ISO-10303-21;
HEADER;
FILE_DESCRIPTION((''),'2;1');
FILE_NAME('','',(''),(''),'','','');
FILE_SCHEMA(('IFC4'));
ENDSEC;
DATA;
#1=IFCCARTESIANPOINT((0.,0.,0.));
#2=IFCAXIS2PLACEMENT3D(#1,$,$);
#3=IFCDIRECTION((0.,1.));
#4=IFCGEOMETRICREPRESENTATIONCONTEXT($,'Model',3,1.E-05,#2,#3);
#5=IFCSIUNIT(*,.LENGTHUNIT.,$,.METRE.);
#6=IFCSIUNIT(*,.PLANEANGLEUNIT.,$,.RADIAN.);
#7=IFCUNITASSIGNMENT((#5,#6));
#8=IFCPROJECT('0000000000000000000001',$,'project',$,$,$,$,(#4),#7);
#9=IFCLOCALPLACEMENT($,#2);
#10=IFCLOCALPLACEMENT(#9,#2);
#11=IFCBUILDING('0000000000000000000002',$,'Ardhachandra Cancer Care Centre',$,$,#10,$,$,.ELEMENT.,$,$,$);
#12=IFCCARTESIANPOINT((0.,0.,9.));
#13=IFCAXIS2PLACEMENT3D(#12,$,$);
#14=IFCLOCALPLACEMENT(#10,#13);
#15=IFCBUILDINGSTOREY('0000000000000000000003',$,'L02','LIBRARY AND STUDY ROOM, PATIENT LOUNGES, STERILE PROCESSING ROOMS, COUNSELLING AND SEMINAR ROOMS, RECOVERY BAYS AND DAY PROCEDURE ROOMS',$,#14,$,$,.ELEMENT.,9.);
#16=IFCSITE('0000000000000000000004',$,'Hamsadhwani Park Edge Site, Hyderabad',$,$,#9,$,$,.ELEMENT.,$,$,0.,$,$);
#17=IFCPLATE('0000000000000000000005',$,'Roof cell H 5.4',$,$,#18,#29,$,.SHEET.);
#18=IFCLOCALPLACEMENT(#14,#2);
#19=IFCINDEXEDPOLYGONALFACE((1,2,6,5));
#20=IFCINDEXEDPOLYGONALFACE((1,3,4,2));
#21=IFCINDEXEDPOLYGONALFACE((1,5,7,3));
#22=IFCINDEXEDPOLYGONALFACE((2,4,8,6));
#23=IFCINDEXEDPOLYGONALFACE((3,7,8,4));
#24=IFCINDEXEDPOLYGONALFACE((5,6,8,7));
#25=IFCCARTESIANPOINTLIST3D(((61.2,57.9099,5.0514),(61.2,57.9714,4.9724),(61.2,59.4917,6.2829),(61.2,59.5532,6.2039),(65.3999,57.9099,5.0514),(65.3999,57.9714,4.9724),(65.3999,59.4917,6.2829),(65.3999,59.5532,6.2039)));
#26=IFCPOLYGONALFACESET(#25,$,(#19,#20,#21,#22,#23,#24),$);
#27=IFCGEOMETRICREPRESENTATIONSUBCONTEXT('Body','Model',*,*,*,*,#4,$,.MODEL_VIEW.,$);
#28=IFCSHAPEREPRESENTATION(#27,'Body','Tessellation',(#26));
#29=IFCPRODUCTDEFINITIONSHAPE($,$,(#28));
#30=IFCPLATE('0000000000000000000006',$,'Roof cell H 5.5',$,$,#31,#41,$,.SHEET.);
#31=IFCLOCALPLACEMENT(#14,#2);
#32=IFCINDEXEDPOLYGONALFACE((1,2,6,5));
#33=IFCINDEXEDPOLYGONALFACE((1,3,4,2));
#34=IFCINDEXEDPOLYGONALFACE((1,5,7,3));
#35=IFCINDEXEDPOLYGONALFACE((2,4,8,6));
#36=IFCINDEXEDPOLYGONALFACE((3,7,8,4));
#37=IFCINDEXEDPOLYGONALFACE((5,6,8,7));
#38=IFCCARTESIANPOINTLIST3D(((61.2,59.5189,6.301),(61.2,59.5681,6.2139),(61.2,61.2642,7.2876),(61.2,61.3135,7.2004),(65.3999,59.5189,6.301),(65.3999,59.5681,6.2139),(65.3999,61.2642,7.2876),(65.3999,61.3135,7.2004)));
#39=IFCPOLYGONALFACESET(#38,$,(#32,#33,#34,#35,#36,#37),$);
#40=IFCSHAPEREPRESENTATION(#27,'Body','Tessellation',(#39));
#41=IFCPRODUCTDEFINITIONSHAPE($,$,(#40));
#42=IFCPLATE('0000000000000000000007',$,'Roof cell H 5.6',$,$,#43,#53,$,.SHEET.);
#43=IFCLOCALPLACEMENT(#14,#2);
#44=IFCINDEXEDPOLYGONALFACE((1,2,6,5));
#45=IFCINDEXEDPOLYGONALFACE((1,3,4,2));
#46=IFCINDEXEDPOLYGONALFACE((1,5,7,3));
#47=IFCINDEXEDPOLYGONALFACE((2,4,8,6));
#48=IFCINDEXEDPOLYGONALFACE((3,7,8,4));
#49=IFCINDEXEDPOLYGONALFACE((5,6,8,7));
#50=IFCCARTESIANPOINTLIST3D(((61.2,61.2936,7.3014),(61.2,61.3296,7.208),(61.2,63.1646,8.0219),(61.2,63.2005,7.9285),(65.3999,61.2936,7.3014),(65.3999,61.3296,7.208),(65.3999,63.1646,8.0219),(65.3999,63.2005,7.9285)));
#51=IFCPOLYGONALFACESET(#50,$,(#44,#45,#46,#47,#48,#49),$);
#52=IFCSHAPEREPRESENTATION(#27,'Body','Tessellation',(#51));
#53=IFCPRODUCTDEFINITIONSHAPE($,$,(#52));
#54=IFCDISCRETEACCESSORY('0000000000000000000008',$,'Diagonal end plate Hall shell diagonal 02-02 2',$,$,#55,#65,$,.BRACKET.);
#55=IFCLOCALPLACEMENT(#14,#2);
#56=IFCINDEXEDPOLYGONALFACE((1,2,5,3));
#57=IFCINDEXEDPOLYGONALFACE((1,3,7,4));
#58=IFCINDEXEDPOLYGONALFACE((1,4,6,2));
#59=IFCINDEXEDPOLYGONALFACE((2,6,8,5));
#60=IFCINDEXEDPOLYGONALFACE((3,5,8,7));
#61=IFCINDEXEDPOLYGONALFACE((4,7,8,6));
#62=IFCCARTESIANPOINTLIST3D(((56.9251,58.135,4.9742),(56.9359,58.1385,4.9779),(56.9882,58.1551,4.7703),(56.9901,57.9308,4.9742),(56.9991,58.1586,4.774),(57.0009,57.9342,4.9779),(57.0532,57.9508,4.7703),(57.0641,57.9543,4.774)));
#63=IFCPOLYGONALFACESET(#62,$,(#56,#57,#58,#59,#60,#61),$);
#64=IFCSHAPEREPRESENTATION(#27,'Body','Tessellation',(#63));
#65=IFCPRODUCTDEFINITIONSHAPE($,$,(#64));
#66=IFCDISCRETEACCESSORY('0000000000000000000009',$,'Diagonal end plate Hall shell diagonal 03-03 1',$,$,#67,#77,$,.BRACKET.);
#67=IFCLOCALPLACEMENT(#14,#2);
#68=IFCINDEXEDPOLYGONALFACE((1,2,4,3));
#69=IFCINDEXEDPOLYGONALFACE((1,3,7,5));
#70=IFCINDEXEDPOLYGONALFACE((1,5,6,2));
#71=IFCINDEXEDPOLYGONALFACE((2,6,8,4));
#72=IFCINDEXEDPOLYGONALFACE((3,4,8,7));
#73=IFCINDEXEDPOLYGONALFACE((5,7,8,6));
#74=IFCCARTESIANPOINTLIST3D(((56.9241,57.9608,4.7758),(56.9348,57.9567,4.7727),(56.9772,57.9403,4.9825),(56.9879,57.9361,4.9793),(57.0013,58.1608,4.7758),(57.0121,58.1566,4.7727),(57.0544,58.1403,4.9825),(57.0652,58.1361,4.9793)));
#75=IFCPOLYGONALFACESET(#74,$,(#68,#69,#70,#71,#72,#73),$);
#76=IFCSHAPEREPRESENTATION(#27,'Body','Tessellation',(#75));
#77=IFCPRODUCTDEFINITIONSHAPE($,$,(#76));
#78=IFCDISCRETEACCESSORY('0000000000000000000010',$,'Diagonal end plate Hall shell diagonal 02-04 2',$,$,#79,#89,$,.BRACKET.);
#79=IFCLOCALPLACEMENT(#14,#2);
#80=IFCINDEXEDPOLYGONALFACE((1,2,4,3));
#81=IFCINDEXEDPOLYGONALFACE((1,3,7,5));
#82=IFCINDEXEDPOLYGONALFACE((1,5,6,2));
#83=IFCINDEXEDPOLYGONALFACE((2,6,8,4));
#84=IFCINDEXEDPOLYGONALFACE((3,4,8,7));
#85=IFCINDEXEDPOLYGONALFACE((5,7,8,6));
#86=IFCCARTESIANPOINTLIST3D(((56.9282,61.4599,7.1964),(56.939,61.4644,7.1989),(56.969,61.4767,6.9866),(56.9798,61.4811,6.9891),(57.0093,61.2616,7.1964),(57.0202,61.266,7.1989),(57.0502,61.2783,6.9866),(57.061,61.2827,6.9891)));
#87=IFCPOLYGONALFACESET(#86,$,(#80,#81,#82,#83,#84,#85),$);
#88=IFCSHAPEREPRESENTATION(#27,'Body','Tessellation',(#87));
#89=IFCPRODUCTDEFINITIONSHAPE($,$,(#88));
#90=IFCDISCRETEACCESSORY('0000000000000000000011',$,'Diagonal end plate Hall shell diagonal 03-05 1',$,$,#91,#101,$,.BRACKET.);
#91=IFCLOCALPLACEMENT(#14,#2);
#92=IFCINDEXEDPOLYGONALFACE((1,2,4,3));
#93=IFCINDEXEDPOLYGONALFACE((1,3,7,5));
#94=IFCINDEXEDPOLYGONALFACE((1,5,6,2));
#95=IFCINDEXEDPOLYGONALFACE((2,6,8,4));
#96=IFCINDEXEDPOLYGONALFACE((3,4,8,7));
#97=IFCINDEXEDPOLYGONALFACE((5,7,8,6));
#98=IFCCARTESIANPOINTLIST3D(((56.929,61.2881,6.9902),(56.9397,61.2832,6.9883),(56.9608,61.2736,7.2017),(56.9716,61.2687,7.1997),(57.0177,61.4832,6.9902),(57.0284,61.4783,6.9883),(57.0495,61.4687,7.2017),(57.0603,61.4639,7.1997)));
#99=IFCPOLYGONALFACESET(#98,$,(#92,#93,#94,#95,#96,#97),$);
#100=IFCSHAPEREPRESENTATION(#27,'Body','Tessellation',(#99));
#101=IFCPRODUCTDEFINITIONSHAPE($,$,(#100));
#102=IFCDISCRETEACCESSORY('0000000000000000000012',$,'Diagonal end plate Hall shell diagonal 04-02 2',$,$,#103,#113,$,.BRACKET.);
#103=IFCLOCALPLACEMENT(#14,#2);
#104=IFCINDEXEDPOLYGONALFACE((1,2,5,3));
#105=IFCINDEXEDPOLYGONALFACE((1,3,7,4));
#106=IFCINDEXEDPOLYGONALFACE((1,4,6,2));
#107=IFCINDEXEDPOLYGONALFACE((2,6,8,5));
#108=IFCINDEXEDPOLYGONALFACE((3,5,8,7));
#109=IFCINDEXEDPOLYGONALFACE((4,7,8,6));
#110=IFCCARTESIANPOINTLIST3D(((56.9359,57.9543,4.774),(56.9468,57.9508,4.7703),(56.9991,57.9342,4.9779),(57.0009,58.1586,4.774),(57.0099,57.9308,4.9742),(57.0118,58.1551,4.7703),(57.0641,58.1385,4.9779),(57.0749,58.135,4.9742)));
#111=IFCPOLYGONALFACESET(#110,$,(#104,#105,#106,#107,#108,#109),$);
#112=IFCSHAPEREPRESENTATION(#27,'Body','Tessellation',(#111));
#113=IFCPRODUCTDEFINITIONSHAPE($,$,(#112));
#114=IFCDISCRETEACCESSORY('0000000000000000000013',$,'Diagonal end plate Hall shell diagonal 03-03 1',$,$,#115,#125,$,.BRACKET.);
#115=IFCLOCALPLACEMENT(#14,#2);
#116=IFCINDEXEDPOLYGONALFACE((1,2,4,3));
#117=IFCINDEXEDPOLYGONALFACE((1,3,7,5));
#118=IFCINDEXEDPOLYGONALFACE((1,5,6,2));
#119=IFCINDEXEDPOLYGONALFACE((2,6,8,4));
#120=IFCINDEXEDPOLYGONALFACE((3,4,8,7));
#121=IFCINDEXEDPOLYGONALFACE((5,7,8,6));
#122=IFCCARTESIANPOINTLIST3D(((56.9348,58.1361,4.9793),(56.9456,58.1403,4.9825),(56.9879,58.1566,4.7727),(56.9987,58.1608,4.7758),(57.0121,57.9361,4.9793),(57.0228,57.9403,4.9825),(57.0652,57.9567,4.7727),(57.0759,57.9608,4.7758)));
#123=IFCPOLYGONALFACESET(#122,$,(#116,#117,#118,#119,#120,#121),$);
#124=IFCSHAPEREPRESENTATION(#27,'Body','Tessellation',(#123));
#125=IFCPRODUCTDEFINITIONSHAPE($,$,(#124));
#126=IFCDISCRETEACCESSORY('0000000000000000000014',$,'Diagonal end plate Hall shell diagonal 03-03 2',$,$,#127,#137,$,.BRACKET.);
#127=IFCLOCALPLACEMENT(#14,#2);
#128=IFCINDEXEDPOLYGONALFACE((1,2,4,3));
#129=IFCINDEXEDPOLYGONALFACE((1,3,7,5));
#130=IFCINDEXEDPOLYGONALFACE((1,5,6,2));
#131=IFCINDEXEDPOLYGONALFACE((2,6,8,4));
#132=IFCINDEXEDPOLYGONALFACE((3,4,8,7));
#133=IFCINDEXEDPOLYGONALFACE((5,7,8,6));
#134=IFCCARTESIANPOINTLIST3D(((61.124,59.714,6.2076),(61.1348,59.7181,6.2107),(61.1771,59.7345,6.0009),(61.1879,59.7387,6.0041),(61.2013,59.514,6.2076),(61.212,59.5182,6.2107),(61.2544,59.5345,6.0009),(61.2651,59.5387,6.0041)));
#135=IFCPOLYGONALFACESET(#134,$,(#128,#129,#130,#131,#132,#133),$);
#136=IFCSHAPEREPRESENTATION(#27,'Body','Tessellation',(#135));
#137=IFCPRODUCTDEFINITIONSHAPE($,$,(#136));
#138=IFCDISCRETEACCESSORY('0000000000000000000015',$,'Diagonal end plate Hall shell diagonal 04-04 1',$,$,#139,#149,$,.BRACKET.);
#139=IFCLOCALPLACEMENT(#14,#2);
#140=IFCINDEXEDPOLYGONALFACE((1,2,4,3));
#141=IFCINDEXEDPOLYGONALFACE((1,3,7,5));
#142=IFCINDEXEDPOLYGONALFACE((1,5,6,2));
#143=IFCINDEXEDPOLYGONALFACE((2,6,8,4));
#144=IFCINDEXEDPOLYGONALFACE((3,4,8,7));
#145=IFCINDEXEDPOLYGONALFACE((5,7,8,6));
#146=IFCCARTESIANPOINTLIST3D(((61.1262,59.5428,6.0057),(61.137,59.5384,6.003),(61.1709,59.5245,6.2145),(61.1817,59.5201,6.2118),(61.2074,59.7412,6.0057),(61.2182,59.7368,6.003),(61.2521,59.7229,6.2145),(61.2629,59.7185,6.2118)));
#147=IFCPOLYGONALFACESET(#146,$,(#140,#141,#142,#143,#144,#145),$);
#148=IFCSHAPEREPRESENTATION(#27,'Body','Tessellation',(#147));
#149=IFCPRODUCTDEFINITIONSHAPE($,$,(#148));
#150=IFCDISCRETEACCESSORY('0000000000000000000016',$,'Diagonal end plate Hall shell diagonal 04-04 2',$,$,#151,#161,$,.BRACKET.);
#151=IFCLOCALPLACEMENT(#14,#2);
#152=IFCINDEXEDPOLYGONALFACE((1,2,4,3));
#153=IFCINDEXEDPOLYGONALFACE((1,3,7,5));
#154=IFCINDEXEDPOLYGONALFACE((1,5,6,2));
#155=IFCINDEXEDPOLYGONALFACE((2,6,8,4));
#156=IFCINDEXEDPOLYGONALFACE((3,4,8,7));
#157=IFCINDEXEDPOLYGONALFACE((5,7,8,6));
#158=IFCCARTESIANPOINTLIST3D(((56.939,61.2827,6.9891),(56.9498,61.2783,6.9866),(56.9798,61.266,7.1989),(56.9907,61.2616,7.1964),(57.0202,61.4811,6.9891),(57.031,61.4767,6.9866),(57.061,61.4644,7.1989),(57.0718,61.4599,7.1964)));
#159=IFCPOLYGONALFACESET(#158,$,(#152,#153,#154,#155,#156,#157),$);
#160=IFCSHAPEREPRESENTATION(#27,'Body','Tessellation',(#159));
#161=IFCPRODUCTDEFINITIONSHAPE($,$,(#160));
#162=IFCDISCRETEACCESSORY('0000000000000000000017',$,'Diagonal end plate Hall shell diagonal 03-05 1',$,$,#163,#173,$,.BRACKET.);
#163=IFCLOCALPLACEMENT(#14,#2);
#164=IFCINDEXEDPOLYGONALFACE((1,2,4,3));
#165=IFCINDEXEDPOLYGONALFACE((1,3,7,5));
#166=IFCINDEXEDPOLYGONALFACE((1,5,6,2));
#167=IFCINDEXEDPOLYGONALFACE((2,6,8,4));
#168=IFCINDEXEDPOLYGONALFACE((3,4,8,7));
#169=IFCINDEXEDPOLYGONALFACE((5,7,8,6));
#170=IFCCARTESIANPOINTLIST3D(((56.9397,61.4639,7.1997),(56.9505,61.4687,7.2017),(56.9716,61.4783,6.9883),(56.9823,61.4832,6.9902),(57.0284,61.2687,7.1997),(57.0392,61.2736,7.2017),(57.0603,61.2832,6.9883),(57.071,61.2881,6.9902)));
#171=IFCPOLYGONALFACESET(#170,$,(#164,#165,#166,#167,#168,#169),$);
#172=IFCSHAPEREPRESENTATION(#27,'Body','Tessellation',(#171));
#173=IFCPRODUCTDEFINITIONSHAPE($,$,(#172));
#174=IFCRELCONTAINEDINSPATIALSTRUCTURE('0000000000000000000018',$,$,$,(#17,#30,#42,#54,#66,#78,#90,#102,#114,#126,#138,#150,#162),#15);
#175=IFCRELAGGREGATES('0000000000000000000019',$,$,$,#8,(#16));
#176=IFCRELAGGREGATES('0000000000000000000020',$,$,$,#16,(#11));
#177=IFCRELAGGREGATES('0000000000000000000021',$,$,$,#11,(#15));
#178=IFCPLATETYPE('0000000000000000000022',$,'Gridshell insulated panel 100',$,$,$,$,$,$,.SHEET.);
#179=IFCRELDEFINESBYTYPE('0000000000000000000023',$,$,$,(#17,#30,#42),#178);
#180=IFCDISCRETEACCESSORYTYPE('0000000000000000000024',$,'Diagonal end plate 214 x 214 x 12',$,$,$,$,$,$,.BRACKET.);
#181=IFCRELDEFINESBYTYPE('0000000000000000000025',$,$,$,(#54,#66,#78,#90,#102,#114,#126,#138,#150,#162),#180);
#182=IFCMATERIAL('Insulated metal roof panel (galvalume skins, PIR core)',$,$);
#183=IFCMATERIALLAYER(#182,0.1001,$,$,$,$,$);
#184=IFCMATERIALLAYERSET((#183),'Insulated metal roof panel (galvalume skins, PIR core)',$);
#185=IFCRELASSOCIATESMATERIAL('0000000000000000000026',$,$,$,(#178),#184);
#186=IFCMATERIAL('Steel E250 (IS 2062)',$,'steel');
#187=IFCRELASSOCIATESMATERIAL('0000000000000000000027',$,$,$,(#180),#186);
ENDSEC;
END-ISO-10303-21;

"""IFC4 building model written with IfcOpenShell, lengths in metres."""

from ifc_helpers import new_model, si_unit, direction, frame, origin, origin_2d, place, context, subcontext, project, spatial, polyline, rectangle, outline, extrude, material, layer, layer_set, material_profile, profile_set, type_object, element, save


model = new_model("IFC4")

# Units and contexts
model_context = context("Model", 3, precision=1e-05, world=origin(), true_north=direction((0.0, 1.0)))
body_context = subcontext(model_context, "Body", "Model", "MODEL_VIEW")
ifc_project = project(units=[si_unit("LENGTHUNIT", "METRE"), si_unit("PLANEANGLEUNIT", "RADIAN")], contexts=[model_context])

# Site, building, storey
site_placement = place(None, origin())
site = spatial("IfcSite", under=ifc_project, at=site_placement, Name="Hamsadhwani Park Edge Site, Hyderabad", CompositionType="ELEMENT", RefElevation=0.0)
building_placement = place(site_placement, origin())
building = spatial("IfcBuilding", under=site, at=building_placement, Name="Ardhachandra Cancer Care Centre", CompositionType="ELEMENT")
storey_placement = place(building_placement, frame((0.0, 0.0, 9.0)))
storey = spatial("IfcBuildingStorey", under=building, at=storey_placement, Name="L02", Description="LIBRARY AND STUDY ROOM, PATIENT LOUNGES, STERILE PROCESSING ROOMS, COUNSELLING AND SEMINAR ROOMS, RECOVERY BAYS AND DAY PROCEDURE ROOMS", CompositionType="ELEMENT", Elevation=9.0)

# Plates
ifc_material_1 = material(Name="Insulated metal roof panel (galvalume skins, PIR core)")
ifc_layer = layer(ifc_material_1, 0.1001)
ifc_layer_set = layer_set([ifc_layer], Name="Insulated metal roof panel (galvalume skins, PIR core)")
plate_type = type_object("IfcPlateType", Name="Gridshell insulated panel 100", PredefinedType="SHEET", material=ifc_layer_set)
plate_1_placement = place(storey_placement, frame((61.2, 57.9714, 4.9724), z_axis=(0.0, -0.614303, 0.78907), x_axis=(1.0, 0.0, 0.0)))
element("IfcPlate", 1, at=plate_1_placement, inside=storey, type_object=plate_type, Name="Roof cell H 5.4", PredefinedType="SHEET", context=body_context, shape_type="SweptSolid", body=[
    extrude(outline(polyline([(0.0, 0.0), (4.2, 0.0), (4.2, 2.0046), (0.0, 2.0046), (0.0, 0.0)])), origin(), (0.0, 0.0, 1.0), 0.1001),
])
for number, where, z_axis, x_axis, name in (
    (2, (61.2, 59.5681, 6.2139), (0.0, -0.492081, 0.870549), (1.0, 0.0, 0.0), "Roof cell H 5.5"),
    (3, (61.2, 61.3296, 7.208), (0.0, -0.359371, 0.933195), (1.0, 0.0, 0.0), "Roof cell H 5.6"),
):
    element("IfcPlate", number, at=place(storey_placement, frame(where, z_axis=z_axis, x_axis=x_axis)), inside=storey, type_object=plate_type, Name=name, PredefinedType="SHEET", context=body_context, shape_type="SweptSolid", body=[
        extrude(outline(polyline([(0.0, 0.0), (4.2, 0.0), (4.2, 2.0049), (0.0, 2.0049), (0.0, 0.0)])), origin(), (0.0, 0.0, 1.0), 0.1001),
    ])

# Discrete accessories
ifc_material_2 = material(Name="Steel E250 (IS 2062)", Category="steel")
ifc_material_profile_1 = material_profile(ifc_material_2, rectangle(XDim=0.2144, YDim=0.2144, at=origin_2d()), Name="PL 214x214x12")
ifc_profile_set_1 = profile_set([ifc_material_profile_1], Name="Steel E250 (IS 2062)")
discrete_accessory_type = type_object("IfcDiscreteAccessoryType", Name="Diagonal end plate 214 x 214 x 12", PredefinedType="BRACKET", material=ifc_profile_set_1)
for number, where, z_axis, x_axis, name in (
    (4, (57.0, 58.0464, 4.876), (-0.906302, -0.288369, -0.308967), (0.303204, -0.952926, 0.0), "Diagonal end plate Hall shell diagonal 02-02 2"),
    (5, (57.0, 58.0464, 4.876), (-0.899271, 0.347446, 0.265694), (-0.360399, -0.932798, 0.0), "Diagonal end plate Hall shell diagonal 03-03 1"),
    (6, (57.0, 61.3735, 7.094), (-0.905726, -0.370524, -0.205847), (0.378633, -0.925547, 0.0), "Diagonal end plate Hall shell diagonal 02-04 2"),
    (7, (57.0, 61.3735, 7.094), (-0.898146, 0.408248, 0.163299), (-0.413803, -0.910366, 0.0), "Diagonal end plate Hall shell diagonal 03-05 1"),
    (8, (57.0, 58.0464, 4.876), (0.906302, -0.288369, -0.308967), (0.303204, 0.952926, 0.0), "Diagonal end plate Hall shell diagonal 04-02 2"),
    (9, (57.0, 58.0464, 4.876), (0.899271, 0.347446, 0.265694), (-0.360399, 0.932798, 0.0), "Diagonal end plate Hall shell diagonal 03-03 1"),
    (10, (61.2, 59.6284, 6.1074), (-0.899271, -0.347446, -0.265694), (0.360399, -0.932798, 0.0), "Diagonal end plate Hall shell diagonal 03-03 2"),
    (11, (61.2, 59.6284, 6.1074), (-0.901723, 0.368887, 0.225431), (-0.378633, -0.925547, 0.0), "Diagonal end plate Hall shell diagonal 04-04 1"),
    (12, (57.0, 61.3735, 7.094), (0.905726, -0.370524, -0.205847), (0.378633, 0.925547, 0.0), "Diagonal end plate Hall shell diagonal 04-04 2"),
    (13, (57.0, 61.3735, 7.094), (0.898146, 0.408248, 0.163299), (-0.413803, 0.910366, 0.0), "Diagonal end plate Hall shell diagonal 03-05 1"),
):
    element("IfcDiscreteAccessory", number, at=place(storey_placement, frame(where, z_axis=z_axis, x_axis=x_axis)), inside=storey, type_object=discrete_accessory_type, Name=name, PredefinedType="BRACKET", context=body_context, shape_type="SweptSolid", body=[
        extrude(rectangle(XDim=0.2144, YDim=0.2144, at=origin_2d()), origin(), (0.0, 0.0, 1.0), 0.012),
    ])

save(model, "model.ifc")
